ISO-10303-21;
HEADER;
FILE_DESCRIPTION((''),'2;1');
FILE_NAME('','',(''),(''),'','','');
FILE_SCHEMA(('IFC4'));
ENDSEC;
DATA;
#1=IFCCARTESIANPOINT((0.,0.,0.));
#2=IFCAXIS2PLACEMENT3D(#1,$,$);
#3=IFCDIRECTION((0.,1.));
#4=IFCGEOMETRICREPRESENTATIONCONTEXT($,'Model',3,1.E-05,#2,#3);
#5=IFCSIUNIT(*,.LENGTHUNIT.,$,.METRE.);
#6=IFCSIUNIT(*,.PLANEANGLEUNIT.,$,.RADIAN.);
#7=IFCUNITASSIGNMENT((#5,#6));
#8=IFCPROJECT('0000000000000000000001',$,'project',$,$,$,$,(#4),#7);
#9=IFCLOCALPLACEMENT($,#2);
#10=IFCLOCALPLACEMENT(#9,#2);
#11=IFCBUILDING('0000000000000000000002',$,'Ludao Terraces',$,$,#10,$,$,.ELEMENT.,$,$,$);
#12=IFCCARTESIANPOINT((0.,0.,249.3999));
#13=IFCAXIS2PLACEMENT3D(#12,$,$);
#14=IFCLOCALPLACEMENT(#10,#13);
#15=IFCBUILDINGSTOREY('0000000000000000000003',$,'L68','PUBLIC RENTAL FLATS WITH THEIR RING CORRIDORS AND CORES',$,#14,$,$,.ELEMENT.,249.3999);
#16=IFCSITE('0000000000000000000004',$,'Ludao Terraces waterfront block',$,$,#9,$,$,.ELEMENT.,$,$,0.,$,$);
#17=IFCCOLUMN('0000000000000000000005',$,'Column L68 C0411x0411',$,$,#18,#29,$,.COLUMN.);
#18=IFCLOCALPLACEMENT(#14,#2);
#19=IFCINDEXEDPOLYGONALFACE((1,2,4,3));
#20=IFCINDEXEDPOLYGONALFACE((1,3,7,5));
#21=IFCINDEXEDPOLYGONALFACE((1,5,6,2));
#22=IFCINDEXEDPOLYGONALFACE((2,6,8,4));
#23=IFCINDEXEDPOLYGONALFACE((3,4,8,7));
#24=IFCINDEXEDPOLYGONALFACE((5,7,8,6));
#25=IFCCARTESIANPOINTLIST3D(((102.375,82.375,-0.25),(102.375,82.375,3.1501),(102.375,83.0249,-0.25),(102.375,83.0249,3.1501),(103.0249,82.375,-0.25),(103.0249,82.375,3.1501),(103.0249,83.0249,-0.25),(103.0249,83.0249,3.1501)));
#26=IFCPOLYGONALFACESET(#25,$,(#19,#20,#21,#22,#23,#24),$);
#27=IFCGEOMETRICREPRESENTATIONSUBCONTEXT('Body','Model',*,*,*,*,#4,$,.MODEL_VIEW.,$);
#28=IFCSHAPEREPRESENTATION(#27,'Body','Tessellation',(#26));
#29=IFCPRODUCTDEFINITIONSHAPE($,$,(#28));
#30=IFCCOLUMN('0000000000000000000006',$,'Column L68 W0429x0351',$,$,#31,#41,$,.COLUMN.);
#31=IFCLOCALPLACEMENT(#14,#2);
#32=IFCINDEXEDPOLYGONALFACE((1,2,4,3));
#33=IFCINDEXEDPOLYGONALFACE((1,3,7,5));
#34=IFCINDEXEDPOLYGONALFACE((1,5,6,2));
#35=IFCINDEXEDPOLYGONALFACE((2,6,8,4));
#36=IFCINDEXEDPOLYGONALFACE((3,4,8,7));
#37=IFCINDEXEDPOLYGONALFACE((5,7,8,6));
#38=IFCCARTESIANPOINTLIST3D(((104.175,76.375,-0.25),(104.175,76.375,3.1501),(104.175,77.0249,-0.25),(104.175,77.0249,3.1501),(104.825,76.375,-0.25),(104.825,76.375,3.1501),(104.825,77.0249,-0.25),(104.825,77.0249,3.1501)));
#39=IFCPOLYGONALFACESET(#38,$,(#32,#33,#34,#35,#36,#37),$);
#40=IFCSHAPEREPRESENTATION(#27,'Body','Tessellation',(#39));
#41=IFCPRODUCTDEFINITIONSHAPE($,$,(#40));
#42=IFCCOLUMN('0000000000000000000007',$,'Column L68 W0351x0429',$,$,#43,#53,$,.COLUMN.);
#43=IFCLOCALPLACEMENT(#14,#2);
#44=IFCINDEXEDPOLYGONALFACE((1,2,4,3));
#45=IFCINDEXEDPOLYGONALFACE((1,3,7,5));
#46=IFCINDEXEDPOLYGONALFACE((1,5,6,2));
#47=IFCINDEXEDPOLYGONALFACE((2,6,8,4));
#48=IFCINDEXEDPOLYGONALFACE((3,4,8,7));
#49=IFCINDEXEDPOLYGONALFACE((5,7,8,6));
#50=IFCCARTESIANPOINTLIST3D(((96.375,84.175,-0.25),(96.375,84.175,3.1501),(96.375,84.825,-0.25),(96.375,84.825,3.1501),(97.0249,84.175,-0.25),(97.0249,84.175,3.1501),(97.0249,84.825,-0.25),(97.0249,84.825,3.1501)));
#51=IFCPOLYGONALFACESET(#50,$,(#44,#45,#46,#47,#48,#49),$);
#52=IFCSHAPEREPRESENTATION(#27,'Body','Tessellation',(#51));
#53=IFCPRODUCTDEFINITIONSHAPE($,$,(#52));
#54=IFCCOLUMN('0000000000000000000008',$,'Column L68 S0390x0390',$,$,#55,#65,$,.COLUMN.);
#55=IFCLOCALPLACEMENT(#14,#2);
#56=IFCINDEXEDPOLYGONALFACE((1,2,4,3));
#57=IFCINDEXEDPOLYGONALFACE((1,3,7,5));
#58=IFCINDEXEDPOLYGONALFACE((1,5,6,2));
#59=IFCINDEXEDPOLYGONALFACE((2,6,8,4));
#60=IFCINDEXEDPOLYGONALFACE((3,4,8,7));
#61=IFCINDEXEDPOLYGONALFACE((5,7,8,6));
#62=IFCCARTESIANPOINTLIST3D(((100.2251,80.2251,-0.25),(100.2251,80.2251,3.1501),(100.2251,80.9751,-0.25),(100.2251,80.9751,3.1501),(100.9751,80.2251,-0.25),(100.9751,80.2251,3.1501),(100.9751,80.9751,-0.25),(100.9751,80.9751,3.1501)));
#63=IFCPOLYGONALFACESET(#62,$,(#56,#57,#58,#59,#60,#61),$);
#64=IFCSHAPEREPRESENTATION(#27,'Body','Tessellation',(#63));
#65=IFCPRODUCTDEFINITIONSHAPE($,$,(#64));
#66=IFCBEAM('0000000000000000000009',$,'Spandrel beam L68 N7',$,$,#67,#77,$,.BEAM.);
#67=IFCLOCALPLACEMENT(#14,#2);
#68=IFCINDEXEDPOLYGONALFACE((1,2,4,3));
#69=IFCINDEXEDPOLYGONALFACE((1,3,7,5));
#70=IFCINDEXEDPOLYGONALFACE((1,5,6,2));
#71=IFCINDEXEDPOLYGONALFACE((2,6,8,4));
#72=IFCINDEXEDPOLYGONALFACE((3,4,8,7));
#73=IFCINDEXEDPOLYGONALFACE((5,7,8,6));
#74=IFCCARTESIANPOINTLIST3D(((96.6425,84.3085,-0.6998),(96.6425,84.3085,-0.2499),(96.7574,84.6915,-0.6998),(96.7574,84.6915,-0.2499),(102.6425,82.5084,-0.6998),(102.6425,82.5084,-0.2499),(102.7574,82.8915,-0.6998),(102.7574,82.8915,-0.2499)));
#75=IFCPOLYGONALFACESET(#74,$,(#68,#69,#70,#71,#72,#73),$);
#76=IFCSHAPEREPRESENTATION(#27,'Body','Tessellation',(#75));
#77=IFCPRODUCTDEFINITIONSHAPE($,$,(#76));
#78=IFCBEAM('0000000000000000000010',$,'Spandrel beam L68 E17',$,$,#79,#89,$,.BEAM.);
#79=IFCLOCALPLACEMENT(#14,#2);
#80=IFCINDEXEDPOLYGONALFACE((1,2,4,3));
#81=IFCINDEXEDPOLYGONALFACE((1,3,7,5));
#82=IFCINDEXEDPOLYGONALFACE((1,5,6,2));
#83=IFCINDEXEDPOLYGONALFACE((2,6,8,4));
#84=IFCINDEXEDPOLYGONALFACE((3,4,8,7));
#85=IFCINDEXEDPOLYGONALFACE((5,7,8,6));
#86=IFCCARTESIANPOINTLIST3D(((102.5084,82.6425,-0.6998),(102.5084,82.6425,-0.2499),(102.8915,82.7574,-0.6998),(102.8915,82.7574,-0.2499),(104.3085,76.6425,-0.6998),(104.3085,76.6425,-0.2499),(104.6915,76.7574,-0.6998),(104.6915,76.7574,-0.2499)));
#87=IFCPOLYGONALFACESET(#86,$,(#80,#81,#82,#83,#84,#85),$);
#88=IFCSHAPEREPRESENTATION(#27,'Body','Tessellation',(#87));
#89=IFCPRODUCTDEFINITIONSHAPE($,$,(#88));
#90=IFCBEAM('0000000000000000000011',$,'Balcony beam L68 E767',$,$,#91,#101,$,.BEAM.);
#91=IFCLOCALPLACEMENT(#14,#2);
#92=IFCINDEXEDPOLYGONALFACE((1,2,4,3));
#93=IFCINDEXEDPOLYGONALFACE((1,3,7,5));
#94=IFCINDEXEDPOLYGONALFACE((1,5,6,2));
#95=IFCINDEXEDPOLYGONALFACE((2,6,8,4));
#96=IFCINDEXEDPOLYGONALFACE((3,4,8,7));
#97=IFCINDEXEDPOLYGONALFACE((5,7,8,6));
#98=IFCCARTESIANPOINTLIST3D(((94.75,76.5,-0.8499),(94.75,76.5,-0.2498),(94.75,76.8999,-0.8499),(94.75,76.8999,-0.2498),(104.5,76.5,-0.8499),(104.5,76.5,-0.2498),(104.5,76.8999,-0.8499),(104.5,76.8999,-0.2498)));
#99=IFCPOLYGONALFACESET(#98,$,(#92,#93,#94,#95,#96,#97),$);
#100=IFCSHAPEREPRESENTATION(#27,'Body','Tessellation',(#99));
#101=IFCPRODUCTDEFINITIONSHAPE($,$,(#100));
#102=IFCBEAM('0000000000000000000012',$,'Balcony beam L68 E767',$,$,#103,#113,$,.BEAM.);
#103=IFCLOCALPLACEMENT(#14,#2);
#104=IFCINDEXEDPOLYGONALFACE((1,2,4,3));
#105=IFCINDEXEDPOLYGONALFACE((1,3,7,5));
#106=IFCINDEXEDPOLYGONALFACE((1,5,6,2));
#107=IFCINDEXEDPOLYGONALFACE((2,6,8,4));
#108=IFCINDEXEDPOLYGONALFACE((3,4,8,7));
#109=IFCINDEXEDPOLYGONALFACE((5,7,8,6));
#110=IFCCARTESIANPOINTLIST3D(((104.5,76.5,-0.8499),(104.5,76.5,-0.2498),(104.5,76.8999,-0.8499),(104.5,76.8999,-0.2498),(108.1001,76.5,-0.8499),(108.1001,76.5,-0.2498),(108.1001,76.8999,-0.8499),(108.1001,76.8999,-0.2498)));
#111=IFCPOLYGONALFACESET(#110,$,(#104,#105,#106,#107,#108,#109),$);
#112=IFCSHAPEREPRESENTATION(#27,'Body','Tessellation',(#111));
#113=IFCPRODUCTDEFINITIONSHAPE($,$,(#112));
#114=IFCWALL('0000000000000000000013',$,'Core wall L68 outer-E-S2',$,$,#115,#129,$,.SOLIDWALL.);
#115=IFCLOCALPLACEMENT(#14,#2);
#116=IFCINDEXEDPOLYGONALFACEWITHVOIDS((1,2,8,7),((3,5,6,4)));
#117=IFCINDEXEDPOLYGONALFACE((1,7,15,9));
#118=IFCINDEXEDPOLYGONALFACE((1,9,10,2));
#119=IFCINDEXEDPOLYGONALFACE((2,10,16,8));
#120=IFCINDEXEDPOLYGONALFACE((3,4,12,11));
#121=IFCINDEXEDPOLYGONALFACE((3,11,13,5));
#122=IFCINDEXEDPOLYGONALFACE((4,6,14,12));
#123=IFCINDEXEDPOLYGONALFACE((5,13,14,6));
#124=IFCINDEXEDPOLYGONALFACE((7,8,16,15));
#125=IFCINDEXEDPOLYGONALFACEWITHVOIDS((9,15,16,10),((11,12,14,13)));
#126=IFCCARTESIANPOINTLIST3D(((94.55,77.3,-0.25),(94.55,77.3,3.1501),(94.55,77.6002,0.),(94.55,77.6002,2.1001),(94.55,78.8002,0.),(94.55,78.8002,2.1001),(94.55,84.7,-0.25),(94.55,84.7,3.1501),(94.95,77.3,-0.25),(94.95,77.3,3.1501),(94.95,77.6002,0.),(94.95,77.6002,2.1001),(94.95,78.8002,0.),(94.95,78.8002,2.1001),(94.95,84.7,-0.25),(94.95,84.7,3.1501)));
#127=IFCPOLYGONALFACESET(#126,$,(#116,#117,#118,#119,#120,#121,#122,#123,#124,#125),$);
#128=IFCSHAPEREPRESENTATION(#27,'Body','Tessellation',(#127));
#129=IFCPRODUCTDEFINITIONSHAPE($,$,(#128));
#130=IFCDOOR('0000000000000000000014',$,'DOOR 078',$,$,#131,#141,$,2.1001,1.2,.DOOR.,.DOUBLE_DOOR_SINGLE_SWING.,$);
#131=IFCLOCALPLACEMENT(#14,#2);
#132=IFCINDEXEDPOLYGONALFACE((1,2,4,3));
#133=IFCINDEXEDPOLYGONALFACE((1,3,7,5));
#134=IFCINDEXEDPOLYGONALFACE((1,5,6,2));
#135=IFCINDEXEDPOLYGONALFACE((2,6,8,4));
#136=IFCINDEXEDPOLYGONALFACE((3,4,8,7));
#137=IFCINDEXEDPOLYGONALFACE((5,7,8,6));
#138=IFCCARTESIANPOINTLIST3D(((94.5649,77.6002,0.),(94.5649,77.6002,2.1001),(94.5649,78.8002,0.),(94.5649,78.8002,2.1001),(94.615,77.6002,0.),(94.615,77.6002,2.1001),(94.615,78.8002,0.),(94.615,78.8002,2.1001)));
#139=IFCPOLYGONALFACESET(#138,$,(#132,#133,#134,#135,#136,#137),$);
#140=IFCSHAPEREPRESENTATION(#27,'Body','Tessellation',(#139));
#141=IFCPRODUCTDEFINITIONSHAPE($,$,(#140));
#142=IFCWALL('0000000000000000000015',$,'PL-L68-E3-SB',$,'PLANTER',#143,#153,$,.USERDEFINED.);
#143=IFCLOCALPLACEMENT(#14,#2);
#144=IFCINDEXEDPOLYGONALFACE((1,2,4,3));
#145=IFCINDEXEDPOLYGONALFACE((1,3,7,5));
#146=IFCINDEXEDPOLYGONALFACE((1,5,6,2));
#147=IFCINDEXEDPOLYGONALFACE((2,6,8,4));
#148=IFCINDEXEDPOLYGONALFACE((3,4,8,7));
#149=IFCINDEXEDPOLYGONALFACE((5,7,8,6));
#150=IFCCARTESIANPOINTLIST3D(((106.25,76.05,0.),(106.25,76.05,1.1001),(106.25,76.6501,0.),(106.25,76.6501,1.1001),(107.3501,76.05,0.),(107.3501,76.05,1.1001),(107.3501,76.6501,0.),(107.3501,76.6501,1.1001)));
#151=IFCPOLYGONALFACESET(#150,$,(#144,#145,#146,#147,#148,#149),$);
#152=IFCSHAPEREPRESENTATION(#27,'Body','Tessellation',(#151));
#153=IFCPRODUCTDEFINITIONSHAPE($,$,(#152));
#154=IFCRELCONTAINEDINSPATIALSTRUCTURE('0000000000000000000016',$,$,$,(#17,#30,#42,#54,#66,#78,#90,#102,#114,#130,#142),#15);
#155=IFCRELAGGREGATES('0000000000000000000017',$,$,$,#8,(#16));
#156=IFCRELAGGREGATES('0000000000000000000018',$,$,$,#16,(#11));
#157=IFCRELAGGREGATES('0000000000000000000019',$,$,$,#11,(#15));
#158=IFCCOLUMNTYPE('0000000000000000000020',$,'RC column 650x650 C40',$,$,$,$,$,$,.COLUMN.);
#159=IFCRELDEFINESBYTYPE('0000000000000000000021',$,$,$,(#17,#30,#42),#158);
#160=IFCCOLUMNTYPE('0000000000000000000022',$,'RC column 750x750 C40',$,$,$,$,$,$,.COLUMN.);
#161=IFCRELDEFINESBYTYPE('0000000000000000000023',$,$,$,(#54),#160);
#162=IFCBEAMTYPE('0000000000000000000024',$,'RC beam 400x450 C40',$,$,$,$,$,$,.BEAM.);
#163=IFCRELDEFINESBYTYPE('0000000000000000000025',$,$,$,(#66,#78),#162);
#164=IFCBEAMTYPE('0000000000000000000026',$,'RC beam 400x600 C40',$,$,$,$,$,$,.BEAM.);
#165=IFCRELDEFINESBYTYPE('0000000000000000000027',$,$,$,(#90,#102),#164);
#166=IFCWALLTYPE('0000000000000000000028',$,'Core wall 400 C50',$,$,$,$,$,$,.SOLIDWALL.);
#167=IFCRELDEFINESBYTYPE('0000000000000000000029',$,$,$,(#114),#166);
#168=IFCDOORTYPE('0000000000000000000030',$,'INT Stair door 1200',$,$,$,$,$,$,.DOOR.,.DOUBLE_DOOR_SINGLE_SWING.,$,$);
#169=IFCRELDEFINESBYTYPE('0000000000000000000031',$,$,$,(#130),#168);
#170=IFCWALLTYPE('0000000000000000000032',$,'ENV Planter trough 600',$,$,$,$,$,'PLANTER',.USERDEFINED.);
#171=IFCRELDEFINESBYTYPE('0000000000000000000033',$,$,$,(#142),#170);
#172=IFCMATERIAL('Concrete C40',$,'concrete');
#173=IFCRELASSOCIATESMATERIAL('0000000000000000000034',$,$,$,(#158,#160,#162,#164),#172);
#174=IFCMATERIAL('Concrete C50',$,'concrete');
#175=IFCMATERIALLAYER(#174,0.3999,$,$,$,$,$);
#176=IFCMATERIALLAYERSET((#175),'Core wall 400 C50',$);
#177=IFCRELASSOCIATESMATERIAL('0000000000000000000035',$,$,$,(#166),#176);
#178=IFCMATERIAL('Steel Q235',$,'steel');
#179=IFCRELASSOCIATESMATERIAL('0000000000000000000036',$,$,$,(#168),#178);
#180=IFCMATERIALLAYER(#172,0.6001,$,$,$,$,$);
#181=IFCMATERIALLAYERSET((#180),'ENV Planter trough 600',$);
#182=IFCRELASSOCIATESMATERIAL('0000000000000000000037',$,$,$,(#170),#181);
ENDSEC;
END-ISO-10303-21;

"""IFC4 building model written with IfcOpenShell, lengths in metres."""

from ifc_helpers import new_model, si_unit, direction, frame, frame_2d, origin, origin_2d, place, context, subcontext, project, spatial, rectangle, extrude, material, layer, layer_set, material_profile, profile_set, type_object, element, fill, save


model = new_model("IFC4")

# Units and contexts
model_context = context("Model", 3, precision=1e-05, world=origin(), true_north=direction((0.0, 1.0)))
body_context = subcontext(model_context, "Body", "Model", "MODEL_VIEW")
ifc_project = project(units=[si_unit("LENGTHUNIT", "METRE"), si_unit("PLANEANGLEUNIT", "RADIAN")], contexts=[model_context])

# Site, building, storey
site_placement = place(None, origin())
site = spatial("IfcSite", under=ifc_project, at=site_placement, Name="Ludao Terraces waterfront block", CompositionType="ELEMENT", RefElevation=0.0)
building_placement = place(site_placement, origin())
building = spatial("IfcBuilding", under=site, at=building_placement, Name="Ludao Terraces", CompositionType="ELEMENT")
storey_placement = place(building_placement, frame((0.0, 0.0, 249.3999)))
storey = spatial("IfcBuildingStorey", under=building, at=storey_placement, Name="L68", Description="PUBLIC RENTAL FLATS WITH THEIR RING CORRIDORS AND CORES", CompositionType="ELEMENT", Elevation=249.3999)

# Columns
ifc_material_1 = material(Name="Concrete C40", Category="concrete")
ifc_material_profile_1 = material_profile(ifc_material_1, rectangle(XDim=0.6499, YDim=0.6499, at=origin_2d()), Name="650 X 650")
ifc_profile_set_1 = profile_set([ifc_material_profile_1], Name="Concrete C40")
column_type_1 = type_object("IfcColumnType", Name="RC column 650x650 C40", PredefinedType="COLUMN", material=ifc_profile_set_1)
for number, where, z_axis, x_axis, name in (
    (1, (102.7, 82.7, -0.25), (0.0, 0.0, 1.0), (1.0, 0.0, 0.0), "Column L68 C0411x0411"),
    (2, (104.5, 76.7, -0.25), (0.0, 0.0, 1.0), (1.0, 0.0, 0.0), "Column L68 W0429x0351"),
    (3, (96.7, 84.5, -0.25), (0.0, 0.0, 1.0), (1.0, 0.0, 0.0), "Column L68 W0351x0429"),
):
    element("IfcColumn", number, at=place(storey_placement, frame(where, z_axis=z_axis, x_axis=x_axis)), inside=storey, type_object=column_type_1, Name=name, PredefinedType="COLUMN", context=body_context, shape_type="SweptSolid", body=[
        extrude(rectangle(XDim=0.6499, YDim=0.6499, at=origin_2d()), origin(), (0.0, 0.0, 1.0), 3.4001),
    ])
ifc_material_profile_2 = material_profile(ifc_material_1, rectangle(XDim=0.75, YDim=0.75, at=origin_2d()), Name="750 X 750")
ifc_profile_set_2 = profile_set([ifc_material_profile_2], Name="Concrete C40")
column_type_2 = type_object("IfcColumnType", Name="RC column 750x750 C40", PredefinedType="COLUMN", material=ifc_profile_set_2)
column_placement = place(storey_placement, frame((100.6001, 80.6001, -0.25), z_axis=(0.0, 0.0, 1.0), x_axis=(1.0, 0.0, 0.0)))
element("IfcColumn", 4, at=column_placement, inside=storey, type_object=column_type_2, Name="Column L68 S0390x0390", PredefinedType="COLUMN", context=body_context, shape_type="SweptSolid", body=[
    extrude(rectangle(XDim=0.75, YDim=0.75, at=origin_2d()), origin(), (0.0, 0.0, 1.0), 3.4001),
])

# Beams
ifc_material_profile_3 = material_profile(ifc_material_1, rectangle(XDim=0.3999, YDim=0.45, at=origin_2d()), Name="400 X 450")
ifc_profile_set_3 = profile_set([ifc_material_profile_3], Name="Concrete C40")
beam_type_1 = type_object("IfcBeamType", Name="RC beam 400x450 C40", PredefinedType="BEAM", material=ifc_profile_set_3)
for number, where, z_axis, x_axis, name in (
    (5, (96.7, 84.5, -0.4749), (0.957824, -0.287355, 0.0), (0.287355, 0.957824, 0.0), "Spandrel beam L68 N7"),
    (6, (104.5, 76.7, -0.4749), (-0.287355, 0.957824, 0.0), (-0.957824, -0.287355, 0.0), "Spandrel beam L68 E17"),
):
    element("IfcBeam", number, at=place(storey_placement, frame(where, z_axis=z_axis, x_axis=x_axis)), inside=storey, type_object=beam_type_1, Name=name, PredefinedType="BEAM", context=body_context, shape_type="SweptSolid", body=[
        extrude(rectangle(XDim=0.3999, YDim=0.45, at=origin_2d()), origin(), (0.0, 0.0, 1.0), 6.2642),
    ])
ifc_material_profile_4 = material_profile(ifc_material_1, rectangle(XDim=0.3999, YDim=0.6001, at=origin_2d()), Name="400 X 600")
ifc_profile_set_4 = profile_set([ifc_material_profile_4], Name="Concrete C40")
beam_type_2 = type_object("IfcBeamType", Name="RC beam 400x600 C40", PredefinedType="BEAM", material=ifc_profile_set_4)
beam_1_placement = place(storey_placement, frame((94.75, 76.7, -0.5498), z_axis=(1.0, 0.0, 0.0), x_axis=(0.0, 1.0, 0.0)))
element("IfcBeam", 7, at=beam_1_placement, inside=storey, type_object=beam_type_2, Name="Balcony beam L68 E767", PredefinedType="BEAM", context=body_context, shape_type="SweptSolid", body=[
    extrude(rectangle(XDim=0.3999, YDim=0.6001, at=origin_2d()), origin(), (0.0, 0.0, 1.0), 9.75),
])
beam_2_placement = place(storey_placement, frame((104.5, 76.7, -0.5498), z_axis=(1.0, 0.0, 0.0), x_axis=(0.0, 1.0, 0.0)))
element("IfcBeam", 8, at=beam_2_placement, inside=storey, type_object=beam_type_2, Name="Balcony beam L68 E767", PredefinedType="BEAM", context=body_context, shape_type="SweptSolid", body=[
    extrude(rectangle(XDim=0.3999, YDim=0.6001, at=origin_2d()), origin(), (0.0, 0.0, 1.0), 3.6001),
])

# Wall, opening, door
ifc_material_2 = material(Name="Concrete C50", Category="concrete")
ifc_layer_1 = layer(ifc_material_2, 0.3999)
ifc_layer_set_1 = layer_set([ifc_layer_1], Name="Core wall 400 C50")
wall_type_1 = type_object("IfcWallType", Name="Core wall 400 C50", PredefinedType="SOLIDWALL", material=ifc_layer_set_1)
wall_1_placement = place(storey_placement, frame((94.75, 77.3, -0.25), z_axis=(0.0, 0.0, 1.0), x_axis=(0.0, 1.0, 0.0)))
wall_1 = element("IfcWall", 9, at=wall_1_placement, inside=storey, type_object=wall_type_1, Name="Core wall L68 outer-E-S2", PredefinedType="SOLIDWALL", context=body_context, shape_type="SweptSolid", body=[
    extrude(rectangle(XDim=7.3999, YDim=0.3999, at=frame_2d((3.7, 0.0))), origin(), (0.0, 0.0, 1.0), 3.4001),
])
opening_1_placement = place(wall_1_placement, frame((0.3, 0.0, 0.25)))
opening_1 = element("IfcOpeningElement", 10, at=opening_1_placement, cuts=wall_1, PredefinedType="OPENING", context=body_context, shape_type="SweptSolid", body=[
    extrude(rectangle(XDim=1.2, YDim=2.1001, at=frame_2d((0.6001, 1.05))), frame((0.0, 0.21, 0.0), z_axis=(0.0, -1.0, 0.0), x_axis=(1.0, 0.0, 0.0)), (0.0, 0.0, 1.0), 0.4199),
])
ifc_material_3 = material(Name="Steel Q235", Category="steel")
door_type_1 = type_object("IfcDoorType", Name="INT Stair door 1200", OperationType="DOUBLE_DOOR_SINGLE_SWING", PredefinedType="DOOR", material=ifc_material_3)
door_1_placement = place(opening_1_placement, origin())
door_1 = element("IfcDoor", 11, at=door_1_placement, inside=storey, type_object=door_type_1, Name="DOOR 078", OperationType="DOUBLE_DOOR_SINGLE_SWING", OverallHeight=2.1001, OverallWidth=1.2, PredefinedType="DOOR", context=body_context, shape_type="SweptSolid", body=[
    extrude(rectangle(XDim=1.2, YDim=2.1001, at=frame_2d((0.6001, 1.05))), frame((0.0, 0.1851, 0.0), z_axis=(0.0, -1.0, 0.0), x_axis=(1.0, 0.0, 0.0)), (0.0, 0.0, 1.0), 0.05),
])
fill(opening_1, door_1)

# Wall
ifc_layer_2 = layer(ifc_material_1, 0.6001)
ifc_layer_set_2 = layer_set([ifc_layer_2], Name="ENV Planter trough 600")
wall_type_2 = type_object("IfcWallType", Name="ENV Planter trough 600", ElementType="PLANTER", PredefinedType="USERDEFINED", material=ifc_layer_set_2)
wall_2_placement = place(storey_placement, frame((107.3501, 76.3501, 0.0), z_axis=(0.0, 0.0, 1.0), x_axis=(-1.0, 0.0, 0.0)))
element("IfcWall", 12, at=wall_2_placement, inside=storey, type_object=wall_type_2, Name="PL-L68-E3-SB", ObjectType="PLANTER", PredefinedType="USERDEFINED", context=body_context, shape_type="SweptSolid", body=[
    extrude(rectangle(XDim=1.1001, YDim=0.6001, at=frame_2d((0.55, 0.0))), origin(), (0.0, 0.0, 1.0), 1.1001),
])

save(model, "model.ifc")
